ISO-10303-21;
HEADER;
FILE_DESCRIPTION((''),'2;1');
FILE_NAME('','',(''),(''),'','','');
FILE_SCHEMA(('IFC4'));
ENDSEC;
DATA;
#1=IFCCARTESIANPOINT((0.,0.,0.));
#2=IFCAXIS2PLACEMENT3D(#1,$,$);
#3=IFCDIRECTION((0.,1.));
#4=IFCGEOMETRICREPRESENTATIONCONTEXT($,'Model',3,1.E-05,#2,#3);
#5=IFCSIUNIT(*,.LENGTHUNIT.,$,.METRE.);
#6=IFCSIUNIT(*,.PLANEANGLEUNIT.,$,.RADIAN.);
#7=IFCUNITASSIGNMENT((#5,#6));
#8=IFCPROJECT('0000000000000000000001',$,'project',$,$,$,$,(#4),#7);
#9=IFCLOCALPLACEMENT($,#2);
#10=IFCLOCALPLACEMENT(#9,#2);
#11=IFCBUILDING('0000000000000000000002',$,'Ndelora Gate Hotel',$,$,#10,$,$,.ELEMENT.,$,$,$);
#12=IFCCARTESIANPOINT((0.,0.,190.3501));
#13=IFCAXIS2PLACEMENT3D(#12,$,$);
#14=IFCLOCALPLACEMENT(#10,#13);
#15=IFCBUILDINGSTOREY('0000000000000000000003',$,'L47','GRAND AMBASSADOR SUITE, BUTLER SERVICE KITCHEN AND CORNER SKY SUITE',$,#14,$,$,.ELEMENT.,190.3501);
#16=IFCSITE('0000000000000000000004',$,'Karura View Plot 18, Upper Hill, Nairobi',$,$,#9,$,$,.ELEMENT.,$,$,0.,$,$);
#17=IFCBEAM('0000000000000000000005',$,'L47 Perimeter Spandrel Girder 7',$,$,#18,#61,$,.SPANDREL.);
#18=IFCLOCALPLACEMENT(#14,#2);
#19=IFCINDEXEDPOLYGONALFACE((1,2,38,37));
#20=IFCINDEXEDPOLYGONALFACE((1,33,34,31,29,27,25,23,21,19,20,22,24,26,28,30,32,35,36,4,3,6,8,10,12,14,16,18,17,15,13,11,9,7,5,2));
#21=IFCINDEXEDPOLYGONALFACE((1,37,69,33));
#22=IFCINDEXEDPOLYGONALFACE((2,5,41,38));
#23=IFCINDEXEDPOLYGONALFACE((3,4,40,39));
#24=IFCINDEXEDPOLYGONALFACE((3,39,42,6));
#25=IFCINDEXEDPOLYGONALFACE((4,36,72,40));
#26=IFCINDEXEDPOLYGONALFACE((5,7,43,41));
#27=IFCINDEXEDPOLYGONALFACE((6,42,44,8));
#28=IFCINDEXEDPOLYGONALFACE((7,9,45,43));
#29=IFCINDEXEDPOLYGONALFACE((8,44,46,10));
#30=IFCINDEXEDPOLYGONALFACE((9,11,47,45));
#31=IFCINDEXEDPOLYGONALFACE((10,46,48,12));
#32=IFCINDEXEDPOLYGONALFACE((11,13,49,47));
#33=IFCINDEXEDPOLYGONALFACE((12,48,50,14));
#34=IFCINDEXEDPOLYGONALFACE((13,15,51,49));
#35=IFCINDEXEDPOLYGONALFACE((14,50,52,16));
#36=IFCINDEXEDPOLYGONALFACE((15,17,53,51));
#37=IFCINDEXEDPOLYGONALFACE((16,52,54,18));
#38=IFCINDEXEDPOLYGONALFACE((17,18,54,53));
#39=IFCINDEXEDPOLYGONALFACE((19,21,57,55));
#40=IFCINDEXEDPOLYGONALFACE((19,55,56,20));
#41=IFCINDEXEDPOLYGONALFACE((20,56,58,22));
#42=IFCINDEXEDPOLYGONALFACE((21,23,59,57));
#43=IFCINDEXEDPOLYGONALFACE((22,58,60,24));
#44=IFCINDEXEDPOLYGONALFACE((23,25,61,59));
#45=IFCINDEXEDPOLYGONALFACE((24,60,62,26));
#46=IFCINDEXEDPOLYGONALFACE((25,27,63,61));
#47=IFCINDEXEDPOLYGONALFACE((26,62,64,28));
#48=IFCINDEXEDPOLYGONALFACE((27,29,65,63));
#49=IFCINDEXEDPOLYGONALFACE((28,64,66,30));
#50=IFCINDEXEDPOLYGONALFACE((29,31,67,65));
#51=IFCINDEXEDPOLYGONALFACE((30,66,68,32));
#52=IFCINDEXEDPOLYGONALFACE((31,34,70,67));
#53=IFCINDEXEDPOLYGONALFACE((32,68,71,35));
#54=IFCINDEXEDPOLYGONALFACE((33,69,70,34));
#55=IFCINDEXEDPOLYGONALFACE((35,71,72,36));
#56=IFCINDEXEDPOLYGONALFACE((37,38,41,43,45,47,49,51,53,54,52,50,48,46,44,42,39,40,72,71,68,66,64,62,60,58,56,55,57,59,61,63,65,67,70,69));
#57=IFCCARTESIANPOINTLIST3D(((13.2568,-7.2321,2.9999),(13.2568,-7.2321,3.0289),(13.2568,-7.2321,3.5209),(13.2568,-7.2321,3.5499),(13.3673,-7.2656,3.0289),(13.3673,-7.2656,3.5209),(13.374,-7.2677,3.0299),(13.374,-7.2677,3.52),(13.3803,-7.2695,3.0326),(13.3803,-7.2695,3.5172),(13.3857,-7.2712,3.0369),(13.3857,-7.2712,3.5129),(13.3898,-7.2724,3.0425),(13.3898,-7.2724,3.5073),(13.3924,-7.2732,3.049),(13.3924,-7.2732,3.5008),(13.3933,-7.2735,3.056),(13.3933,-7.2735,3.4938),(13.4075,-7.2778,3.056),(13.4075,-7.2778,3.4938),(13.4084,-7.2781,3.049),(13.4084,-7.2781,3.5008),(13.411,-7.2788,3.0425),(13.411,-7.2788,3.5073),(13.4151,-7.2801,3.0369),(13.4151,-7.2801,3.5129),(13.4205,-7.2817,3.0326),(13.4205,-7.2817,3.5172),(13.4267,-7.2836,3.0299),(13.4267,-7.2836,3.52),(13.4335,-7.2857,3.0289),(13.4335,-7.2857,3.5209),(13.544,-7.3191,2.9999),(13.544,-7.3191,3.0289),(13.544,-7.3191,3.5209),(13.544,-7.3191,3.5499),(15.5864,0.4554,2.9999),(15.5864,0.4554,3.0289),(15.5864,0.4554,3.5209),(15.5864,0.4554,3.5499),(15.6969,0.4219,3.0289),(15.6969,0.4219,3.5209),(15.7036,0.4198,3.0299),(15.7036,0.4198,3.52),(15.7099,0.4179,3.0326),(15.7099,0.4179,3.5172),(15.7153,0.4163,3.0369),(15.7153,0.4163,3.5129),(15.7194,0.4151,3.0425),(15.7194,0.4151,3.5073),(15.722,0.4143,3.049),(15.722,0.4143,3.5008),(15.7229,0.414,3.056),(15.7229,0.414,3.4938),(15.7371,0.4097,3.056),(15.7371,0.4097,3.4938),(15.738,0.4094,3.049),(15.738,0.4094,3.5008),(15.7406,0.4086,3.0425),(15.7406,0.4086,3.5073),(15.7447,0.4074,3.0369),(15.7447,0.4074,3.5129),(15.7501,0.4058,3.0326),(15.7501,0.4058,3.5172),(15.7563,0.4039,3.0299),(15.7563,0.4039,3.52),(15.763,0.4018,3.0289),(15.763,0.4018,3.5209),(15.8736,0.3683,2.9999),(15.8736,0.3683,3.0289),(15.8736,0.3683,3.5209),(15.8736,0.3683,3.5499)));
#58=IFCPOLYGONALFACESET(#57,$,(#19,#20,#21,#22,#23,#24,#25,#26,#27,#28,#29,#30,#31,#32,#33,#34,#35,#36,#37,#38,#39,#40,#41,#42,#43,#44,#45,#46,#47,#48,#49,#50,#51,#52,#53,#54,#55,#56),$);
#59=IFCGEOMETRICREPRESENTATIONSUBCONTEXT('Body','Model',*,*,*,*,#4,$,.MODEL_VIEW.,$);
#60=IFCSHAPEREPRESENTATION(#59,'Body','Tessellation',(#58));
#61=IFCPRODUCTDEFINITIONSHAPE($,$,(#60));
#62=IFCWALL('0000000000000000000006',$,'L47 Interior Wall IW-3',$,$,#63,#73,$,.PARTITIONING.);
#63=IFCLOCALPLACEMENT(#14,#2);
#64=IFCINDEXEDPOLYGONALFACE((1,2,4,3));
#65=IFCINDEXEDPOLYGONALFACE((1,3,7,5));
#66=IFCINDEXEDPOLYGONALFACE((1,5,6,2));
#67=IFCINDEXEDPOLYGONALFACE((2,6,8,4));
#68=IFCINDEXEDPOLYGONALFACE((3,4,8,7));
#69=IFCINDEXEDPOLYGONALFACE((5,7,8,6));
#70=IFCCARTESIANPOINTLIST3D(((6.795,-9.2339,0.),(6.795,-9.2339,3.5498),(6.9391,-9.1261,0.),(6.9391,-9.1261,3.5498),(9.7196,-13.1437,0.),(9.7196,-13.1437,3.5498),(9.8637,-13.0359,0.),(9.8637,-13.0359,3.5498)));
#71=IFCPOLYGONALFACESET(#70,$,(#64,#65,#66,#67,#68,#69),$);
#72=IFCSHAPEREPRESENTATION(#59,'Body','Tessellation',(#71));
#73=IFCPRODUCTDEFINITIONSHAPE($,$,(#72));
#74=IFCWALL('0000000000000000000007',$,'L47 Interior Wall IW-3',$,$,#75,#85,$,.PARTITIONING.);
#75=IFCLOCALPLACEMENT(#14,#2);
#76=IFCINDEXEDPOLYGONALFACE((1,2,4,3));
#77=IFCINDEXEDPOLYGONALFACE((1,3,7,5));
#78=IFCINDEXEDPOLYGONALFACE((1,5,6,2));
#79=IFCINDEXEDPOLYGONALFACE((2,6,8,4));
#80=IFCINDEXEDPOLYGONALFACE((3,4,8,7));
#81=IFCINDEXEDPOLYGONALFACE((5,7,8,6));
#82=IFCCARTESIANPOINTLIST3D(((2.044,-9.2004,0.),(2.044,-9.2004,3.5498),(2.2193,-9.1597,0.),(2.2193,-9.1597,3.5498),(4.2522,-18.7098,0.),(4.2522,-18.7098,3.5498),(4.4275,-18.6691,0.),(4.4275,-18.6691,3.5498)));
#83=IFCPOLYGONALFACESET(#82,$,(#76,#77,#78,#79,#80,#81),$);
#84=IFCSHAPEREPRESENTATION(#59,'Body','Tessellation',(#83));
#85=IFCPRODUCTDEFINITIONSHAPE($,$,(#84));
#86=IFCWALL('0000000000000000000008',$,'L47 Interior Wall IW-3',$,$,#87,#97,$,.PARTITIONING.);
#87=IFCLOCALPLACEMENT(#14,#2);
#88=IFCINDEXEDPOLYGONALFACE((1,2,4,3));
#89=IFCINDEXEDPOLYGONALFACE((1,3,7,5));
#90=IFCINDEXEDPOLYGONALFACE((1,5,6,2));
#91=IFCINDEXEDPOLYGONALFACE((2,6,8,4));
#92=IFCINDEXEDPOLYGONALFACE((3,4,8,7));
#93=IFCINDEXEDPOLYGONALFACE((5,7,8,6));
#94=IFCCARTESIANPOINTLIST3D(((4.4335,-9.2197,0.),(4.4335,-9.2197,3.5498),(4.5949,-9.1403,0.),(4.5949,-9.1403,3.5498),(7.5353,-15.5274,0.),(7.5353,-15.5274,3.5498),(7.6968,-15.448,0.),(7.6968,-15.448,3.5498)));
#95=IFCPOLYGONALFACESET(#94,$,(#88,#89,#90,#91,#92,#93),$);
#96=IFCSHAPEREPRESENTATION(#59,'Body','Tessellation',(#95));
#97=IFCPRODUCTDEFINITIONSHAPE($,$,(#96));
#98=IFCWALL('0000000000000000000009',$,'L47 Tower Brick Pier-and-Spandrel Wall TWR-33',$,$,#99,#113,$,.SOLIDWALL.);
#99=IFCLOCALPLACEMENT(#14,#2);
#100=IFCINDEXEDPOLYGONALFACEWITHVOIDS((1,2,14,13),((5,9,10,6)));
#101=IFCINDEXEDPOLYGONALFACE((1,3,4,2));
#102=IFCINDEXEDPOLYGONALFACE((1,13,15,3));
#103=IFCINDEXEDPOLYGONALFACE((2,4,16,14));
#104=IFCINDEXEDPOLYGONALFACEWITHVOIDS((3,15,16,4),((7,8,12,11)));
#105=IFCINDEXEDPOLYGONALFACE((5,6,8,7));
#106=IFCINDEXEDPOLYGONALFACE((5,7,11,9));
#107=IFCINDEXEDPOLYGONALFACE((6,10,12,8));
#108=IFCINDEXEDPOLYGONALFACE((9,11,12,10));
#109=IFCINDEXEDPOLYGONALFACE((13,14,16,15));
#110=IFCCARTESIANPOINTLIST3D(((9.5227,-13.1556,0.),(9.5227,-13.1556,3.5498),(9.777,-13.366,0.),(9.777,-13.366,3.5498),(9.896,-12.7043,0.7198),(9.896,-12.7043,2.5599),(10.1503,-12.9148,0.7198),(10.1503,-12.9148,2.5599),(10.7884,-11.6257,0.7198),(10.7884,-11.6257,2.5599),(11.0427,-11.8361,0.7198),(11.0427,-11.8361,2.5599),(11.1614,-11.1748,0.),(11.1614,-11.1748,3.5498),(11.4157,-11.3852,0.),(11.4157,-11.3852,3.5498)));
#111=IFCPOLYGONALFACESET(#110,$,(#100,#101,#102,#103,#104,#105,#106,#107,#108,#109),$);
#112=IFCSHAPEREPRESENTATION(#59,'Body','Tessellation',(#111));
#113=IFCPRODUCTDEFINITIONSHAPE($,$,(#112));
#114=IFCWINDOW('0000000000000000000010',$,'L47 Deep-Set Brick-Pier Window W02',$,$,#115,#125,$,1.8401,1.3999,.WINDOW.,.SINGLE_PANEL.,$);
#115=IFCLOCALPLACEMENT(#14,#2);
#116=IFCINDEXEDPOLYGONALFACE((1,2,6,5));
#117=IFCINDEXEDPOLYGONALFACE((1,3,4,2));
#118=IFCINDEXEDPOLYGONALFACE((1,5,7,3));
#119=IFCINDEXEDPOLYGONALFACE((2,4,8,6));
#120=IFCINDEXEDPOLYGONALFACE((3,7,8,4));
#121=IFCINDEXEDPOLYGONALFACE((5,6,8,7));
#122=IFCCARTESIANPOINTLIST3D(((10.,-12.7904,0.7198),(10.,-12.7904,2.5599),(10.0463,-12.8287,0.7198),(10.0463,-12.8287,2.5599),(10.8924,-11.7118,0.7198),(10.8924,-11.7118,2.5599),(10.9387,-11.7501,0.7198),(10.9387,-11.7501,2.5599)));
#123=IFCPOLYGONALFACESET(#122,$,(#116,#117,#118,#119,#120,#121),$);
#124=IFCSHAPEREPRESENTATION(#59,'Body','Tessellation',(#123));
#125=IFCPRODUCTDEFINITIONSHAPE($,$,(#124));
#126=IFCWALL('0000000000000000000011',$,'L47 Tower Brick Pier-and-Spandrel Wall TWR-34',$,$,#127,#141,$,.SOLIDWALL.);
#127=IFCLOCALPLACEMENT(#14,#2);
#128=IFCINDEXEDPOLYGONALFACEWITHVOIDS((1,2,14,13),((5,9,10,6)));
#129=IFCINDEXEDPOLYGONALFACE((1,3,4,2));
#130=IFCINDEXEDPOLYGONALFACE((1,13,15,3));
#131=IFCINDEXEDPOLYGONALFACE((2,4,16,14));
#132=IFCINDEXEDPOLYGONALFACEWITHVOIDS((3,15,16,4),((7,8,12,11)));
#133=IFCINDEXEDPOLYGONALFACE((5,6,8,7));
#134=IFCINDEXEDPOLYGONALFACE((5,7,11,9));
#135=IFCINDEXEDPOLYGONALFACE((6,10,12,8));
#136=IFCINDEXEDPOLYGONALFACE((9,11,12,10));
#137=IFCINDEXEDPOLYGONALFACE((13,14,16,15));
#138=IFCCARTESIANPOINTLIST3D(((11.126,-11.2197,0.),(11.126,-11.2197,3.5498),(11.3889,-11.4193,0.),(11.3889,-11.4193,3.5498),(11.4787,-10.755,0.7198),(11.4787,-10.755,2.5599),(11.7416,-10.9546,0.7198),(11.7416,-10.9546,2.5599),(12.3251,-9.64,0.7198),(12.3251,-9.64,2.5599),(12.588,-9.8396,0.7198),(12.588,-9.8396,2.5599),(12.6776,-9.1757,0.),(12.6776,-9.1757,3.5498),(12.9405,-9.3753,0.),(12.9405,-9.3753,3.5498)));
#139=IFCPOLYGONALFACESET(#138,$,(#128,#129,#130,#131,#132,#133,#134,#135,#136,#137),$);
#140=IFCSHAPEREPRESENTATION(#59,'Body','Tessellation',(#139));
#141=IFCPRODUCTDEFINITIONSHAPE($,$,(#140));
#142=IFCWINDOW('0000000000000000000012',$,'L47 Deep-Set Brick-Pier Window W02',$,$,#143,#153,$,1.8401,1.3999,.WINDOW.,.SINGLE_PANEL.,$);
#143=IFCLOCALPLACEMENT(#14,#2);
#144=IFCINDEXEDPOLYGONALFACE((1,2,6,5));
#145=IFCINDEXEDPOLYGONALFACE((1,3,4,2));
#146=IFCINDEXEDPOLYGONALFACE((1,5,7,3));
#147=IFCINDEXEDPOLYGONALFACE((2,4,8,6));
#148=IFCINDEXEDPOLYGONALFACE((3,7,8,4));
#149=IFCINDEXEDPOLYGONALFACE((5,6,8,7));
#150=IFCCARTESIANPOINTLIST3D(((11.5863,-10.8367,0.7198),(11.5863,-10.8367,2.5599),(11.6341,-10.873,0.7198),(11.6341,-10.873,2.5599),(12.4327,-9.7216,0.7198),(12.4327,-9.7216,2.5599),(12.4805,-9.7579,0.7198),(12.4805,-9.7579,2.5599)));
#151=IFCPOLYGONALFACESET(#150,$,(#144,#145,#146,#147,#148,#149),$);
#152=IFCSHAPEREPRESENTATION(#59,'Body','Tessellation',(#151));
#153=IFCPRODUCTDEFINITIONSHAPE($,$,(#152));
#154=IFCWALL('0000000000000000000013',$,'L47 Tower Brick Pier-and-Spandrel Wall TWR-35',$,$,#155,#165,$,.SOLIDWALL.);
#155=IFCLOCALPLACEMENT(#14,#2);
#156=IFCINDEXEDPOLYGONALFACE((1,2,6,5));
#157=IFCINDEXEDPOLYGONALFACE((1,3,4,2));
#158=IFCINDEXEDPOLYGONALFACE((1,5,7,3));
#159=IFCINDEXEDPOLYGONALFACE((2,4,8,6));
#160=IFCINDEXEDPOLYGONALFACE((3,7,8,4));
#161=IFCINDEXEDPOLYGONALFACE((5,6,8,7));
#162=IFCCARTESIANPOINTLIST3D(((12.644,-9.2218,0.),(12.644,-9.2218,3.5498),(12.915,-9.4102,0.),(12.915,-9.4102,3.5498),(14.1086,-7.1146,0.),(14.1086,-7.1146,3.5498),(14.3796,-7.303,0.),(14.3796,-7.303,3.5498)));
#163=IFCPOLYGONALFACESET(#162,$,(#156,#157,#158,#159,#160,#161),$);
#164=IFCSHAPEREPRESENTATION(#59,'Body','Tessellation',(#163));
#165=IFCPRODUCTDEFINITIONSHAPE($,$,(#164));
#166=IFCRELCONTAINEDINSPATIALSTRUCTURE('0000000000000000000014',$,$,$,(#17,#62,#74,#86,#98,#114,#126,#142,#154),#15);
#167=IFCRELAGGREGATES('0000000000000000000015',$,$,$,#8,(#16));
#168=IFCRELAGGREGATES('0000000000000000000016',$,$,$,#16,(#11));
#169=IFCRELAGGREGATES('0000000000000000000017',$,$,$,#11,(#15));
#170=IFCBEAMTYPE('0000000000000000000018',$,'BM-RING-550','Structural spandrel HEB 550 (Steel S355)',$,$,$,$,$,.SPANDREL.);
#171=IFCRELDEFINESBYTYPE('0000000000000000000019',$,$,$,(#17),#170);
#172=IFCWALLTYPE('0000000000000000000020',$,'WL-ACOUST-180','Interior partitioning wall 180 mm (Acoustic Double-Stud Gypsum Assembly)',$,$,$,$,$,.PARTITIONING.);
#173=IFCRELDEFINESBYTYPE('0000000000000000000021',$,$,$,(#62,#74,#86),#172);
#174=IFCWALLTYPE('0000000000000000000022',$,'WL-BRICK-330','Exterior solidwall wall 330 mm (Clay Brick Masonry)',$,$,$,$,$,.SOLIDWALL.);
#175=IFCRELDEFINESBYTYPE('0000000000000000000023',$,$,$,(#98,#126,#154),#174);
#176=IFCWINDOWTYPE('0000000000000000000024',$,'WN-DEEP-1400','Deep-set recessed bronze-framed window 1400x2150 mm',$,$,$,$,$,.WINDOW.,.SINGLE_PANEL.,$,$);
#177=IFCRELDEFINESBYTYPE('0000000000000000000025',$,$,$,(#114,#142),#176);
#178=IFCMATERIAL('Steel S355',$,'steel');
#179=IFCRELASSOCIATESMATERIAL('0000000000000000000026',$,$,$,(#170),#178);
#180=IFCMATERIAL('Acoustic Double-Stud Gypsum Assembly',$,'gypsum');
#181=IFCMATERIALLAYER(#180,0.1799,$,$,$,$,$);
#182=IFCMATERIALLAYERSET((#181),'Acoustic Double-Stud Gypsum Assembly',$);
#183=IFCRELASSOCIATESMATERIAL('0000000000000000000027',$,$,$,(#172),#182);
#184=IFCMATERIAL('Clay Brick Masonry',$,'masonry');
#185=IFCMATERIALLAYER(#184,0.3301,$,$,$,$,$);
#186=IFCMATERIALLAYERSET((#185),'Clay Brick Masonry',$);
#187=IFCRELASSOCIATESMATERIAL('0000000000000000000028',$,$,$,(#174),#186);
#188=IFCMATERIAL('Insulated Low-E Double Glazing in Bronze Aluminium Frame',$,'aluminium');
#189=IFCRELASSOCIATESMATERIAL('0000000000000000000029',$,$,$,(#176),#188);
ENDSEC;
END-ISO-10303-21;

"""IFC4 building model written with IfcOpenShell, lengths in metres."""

from ifc_helpers import new_model, si_unit, direction, frame, frame_2d, origin, origin_2d, place, context, subcontext, project, spatial, rectangle, i_section, extrude, material, layer, layer_set, material_profile, profile_set, type_object, element, fill, save


model = new_model("IFC4")

# Units and contexts
model_context = context("Model", 3, precision=1e-05, world=origin(), true_north=direction((0.0, 1.0)))
body_context = subcontext(model_context, "Body", "Model", "MODEL_VIEW")
ifc_project = project(units=[si_unit("LENGTHUNIT", "METRE"), si_unit("PLANEANGLEUNIT", "RADIAN")], contexts=[model_context])

# Site, building, storey
site_placement = place(None, origin())
site = spatial("IfcSite", under=ifc_project, at=site_placement, Name="Karura View Plot 18, Upper Hill, Nairobi", CompositionType="ELEMENT", RefElevation=0.0)
building_placement = place(site_placement, origin())
building = spatial("IfcBuilding", under=site, at=building_placement, Name="Ndelora Gate Hotel", CompositionType="ELEMENT")
storey_placement = place(building_placement, frame((0.0, 0.0, 190.3501)))
storey = spatial("IfcBuildingStorey", under=building, at=storey_placement, Name="L47", Description="GRAND AMBASSADOR SUITE, BUTLER SERVICE KITCHEN AND CORNER SKY SUITE", CompositionType="ELEMENT", Elevation=190.3501)

# Beam
ifc_material_1 = material(Name="Steel S355", Category="steel")
ifc_material_profile_1 = material_profile(ifc_material_1, i_section(OverallWidth=0.3, OverallDepth=0.55, WebThickness=0.0149, FlangeThickness=0.0291, FilletRadius=0.0271, at=origin_2d()), Name="HEB 550")
ifc_profile_set_1 = profile_set([ifc_material_profile_1], Name="Steel S355")
beam_type_1 = type_object("IfcBeamType", Name="BM-RING-550", Description="Structural spandrel HEB 550 (Steel S355)", PredefinedType="SPANDREL", material=ifc_profile_set_1)
beam_1_placement = place(storey_placement, frame((13.4004, -7.2756, 3.2749), z_axis=(0.290012, 0.957023, 0.0), x_axis=(-0.957023, 0.290012, 0.0)))
element("IfcBeam", 1, at=beam_1_placement, inside=storey, type_object=beam_type_1, Name="L47 Perimeter Spandrel Girder 7", PredefinedType="SPANDREL", context=body_context, shape_type="SweptSolid", body=[
    extrude(i_section(OverallWidth=0.3, OverallDepth=0.55, WebThickness=0.0149, FlangeThickness=0.0291, FilletRadius=0.0271, at=origin_2d()), origin(), (0.0, 0.0, 1.0), 8.0327),
])

# Walls
ifc_material_2 = material(Name="Acoustic Double-Stud Gypsum Assembly", Category="gypsum")
ifc_layer_1 = layer(ifc_material_2, 0.1799)
ifc_layer_set_1 = layer_set([ifc_layer_1], Name="Acoustic Double-Stud Gypsum Assembly")
wall_type_1 = type_object("IfcWallType", Name="WL-ACOUST-180", Description="Interior partitioning wall 180 mm (Acoustic Double-Stud Gypsum Assembly)", PredefinedType="PARTITIONING", material=ifc_layer_set_1)
wall_1_placement = place(storey_placement, frame((6.8669, -9.1799, 0.0), z_axis=(0.0, 0.0, 1.0), x_axis=(0.598991, -0.800755, 0.0)))
element("IfcWall", 2, at=wall_1_placement, inside=storey, type_object=wall_type_1, Name="L47 Interior Wall IW-3", PredefinedType="PARTITIONING", context=body_context, shape_type="SweptSolid", body=[
    extrude(rectangle(XDim=4.8826, YDim=0.1799, at=frame_2d((2.4414, 0.0))), origin(), (0.0, 0.0, 1.0), 3.5498),
])
wall_2_placement = place(storey_placement, frame((2.1316, -9.1799, 0.0), z_axis=(0.0, 0.0, 1.0), x_axis=(0.226196, -0.974082, 0.0)))
element("IfcWall", 3, at=wall_2_placement, inside=storey, type_object=wall_type_1, Name="L47 Interior Wall IW-3", PredefinedType="PARTITIONING", context=body_context, shape_type="SweptSolid", body=[
    extrude(rectangle(XDim=9.7625, YDim=0.1799, at=frame_2d((4.8813, 0.0))), origin(), (0.0, 0.0, 1.0), 3.5498),
])
wall_3_placement = place(storey_placement, frame((4.5142, -9.1799, 0.0), z_axis=(0.0, 0.0, 1.0), x_axis=(0.441285, -0.897367, 0.0)))
element("IfcWall", 4, at=wall_3_placement, inside=storey, type_object=wall_type_1, Name="L47 Interior Wall IW-3", PredefinedType="PARTITIONING", context=body_context, shape_type="SweptSolid", body=[
    extrude(rectangle(XDim=7.0291, YDim=0.1799, at=frame_2d((3.5146, 0.0))), origin(), (0.0, 0.0, 1.0), 3.5498),
])

# Walls, openings, windows
ifc_material_3 = material(Name="Clay Brick Masonry", Category="masonry")
ifc_layer_2 = layer(ifc_material_3, 0.3301)
ifc_layer_set_2 = layer_set([ifc_layer_2], Name="Clay Brick Masonry")
wall_type_2 = type_object("IfcWallType", Name="WL-BRICK-330", Description="Exterior solidwall wall 330 mm (Clay Brick Masonry)", PredefinedType="SOLIDWALL", material=ifc_layer_set_2)
wall_4_placement = place(storey_placement, frame((11.2886, -11.28, 0.0), z_axis=(0.0, 0.0, 1.0), x_axis=(-0.637443, -0.770497, 0.0)))
wall_4 = element("IfcWall", 5, at=wall_4_placement, inside=storey, type_object=wall_type_2, Name="L47 Tower Brick Pier-and-Spandrel Wall TWR-33", PredefinedType="SOLIDWALL", context=body_context, shape_type="SweptSolid", body=[
    extrude(rectangle(XDim=2.5708, YDim=0.3301, at=frame_2d((1.2854, 0.0))), origin(), (0.0, 0.0, 1.0), 3.5498),
])
opening_1_placement = place(wall_4_placement, frame((0.5852, 0.0, 0.72)))
opening_1 = element("IfcOpeningElement", 6, at=opening_1_placement, cuts=wall_4, PredefinedType="OPENING", context=body_context, shape_type="SweptSolid", body=[
    extrude(rectangle(XDim=1.3999, YDim=1.8401, at=frame_2d((0.7, 0.9199))), frame((0.0, 0.175, 0.0), z_axis=(0.0, -1.0, 0.0), x_axis=(1.0, 0.0, 0.0)), (0.0, 0.0, 1.0), 0.3501),
])
ifc_material_4 = material(Name="Insulated Low-E Double Glazing in Bronze Aluminium Frame", Category="aluminium")
window_type = type_object("IfcWindowType", Name="WN-DEEP-1400", Description="Deep-set recessed bronze-framed window 1400x2150 mm", PartitioningType="SINGLE_PANEL", PredefinedType="WINDOW", material=ifc_material_4)
window_1_placement = place(opening_1_placement, origin())
window_1 = element("IfcWindow", 7, at=window_1_placement, inside=storey, type_object=window_type, Name="L47 Deep-Set Brick-Pier Window W02", OverallHeight=1.8401, OverallWidth=1.3999, PartitioningType="SINGLE_PANEL", PredefinedType="WINDOW", context=body_context, shape_type="SweptSolid", body=[
    extrude(rectangle(XDim=1.3999, YDim=1.8401, at=frame_2d((0.7, 0.9199))), frame((0.0, 0.03, 0.0), z_axis=(0.0, -1.0, 0.0), x_axis=(1.0, 0.0, 0.0)), (0.0, 0.0, 1.0), 0.0601),
])
fill(opening_1, window_1)
wall_5_placement = place(storey_placement, frame((12.8091, -9.2754, 0.0), z_axis=(0.0, 0.0, 1.0), x_axis=(-0.604618, -0.796516, 0.0)))
wall_5 = element("IfcWall", 8, at=wall_5_placement, inside=storey, type_object=wall_type_2, Name="L47 Tower Brick Pier-and-Spandrel Wall TWR-34", PredefinedType="SOLIDWALL", context=body_context, shape_type="SweptSolid", body=[
    extrude(rectangle(XDim=2.5662, YDim=0.3301, at=frame_2d((1.2832, 0.0))), origin(), (0.0, 0.0, 1.0), 3.5498),
])
opening_2_placement = place(wall_5_placement, frame((0.583, 0.0, 0.72)))
opening_2 = element("IfcOpeningElement", 9, at=opening_2_placement, cuts=wall_5, PredefinedType="OPENING", context=body_context, shape_type="SweptSolid", body=[
    extrude(rectangle(XDim=1.3999, YDim=1.8401, at=frame_2d((0.7, 0.9199))), frame((0.0, 0.175, 0.0), z_axis=(0.0, -1.0, 0.0), x_axis=(1.0, 0.0, 0.0)), (0.0, 0.0, 1.0), 0.3501),
])
window_2_placement = place(opening_2_placement, origin())
window_2 = element("IfcWindow", 10, at=window_2_placement, inside=storey, type_object=window_type, Name="L47 Deep-Set Brick-Pier Window W02", OverallHeight=1.8401, OverallWidth=1.3999, PartitioningType="SINGLE_PANEL", PredefinedType="WINDOW", context=body_context, shape_type="SweptSolid", body=[
    extrude(rectangle(XDim=1.3999, YDim=1.8401, at=frame_2d((0.7, 0.9199))), frame((0.0, 0.03, 0.0), z_axis=(0.0, -1.0, 0.0), x_axis=(1.0, 0.0, 0.0)), (0.0, 0.0, 1.0), 0.0601),
])
fill(opening_2, window_2)

# Wall
wall_6_placement = place(storey_placement, frame((14.2441, -7.2087, 0.0), z_axis=(0.0, 0.0, 1.0), x_axis=(-0.570733, -0.821136, 0.0)))
element("IfcWall", 11, at=wall_6_placement, inside=storey, type_object=wall_type_2, Name="L47 Tower Brick Pier-and-Spandrel Wall TWR-35", PredefinedType="SOLIDWALL", context=body_context, shape_type="SweptSolid", body=[
    extrude(rectangle(XDim=2.5662, YDim=0.3301, at=frame_2d((1.2832, 0.0))), origin(), (0.0, 0.0, 1.0), 3.5498),
])

save(model, "model.ifc")
